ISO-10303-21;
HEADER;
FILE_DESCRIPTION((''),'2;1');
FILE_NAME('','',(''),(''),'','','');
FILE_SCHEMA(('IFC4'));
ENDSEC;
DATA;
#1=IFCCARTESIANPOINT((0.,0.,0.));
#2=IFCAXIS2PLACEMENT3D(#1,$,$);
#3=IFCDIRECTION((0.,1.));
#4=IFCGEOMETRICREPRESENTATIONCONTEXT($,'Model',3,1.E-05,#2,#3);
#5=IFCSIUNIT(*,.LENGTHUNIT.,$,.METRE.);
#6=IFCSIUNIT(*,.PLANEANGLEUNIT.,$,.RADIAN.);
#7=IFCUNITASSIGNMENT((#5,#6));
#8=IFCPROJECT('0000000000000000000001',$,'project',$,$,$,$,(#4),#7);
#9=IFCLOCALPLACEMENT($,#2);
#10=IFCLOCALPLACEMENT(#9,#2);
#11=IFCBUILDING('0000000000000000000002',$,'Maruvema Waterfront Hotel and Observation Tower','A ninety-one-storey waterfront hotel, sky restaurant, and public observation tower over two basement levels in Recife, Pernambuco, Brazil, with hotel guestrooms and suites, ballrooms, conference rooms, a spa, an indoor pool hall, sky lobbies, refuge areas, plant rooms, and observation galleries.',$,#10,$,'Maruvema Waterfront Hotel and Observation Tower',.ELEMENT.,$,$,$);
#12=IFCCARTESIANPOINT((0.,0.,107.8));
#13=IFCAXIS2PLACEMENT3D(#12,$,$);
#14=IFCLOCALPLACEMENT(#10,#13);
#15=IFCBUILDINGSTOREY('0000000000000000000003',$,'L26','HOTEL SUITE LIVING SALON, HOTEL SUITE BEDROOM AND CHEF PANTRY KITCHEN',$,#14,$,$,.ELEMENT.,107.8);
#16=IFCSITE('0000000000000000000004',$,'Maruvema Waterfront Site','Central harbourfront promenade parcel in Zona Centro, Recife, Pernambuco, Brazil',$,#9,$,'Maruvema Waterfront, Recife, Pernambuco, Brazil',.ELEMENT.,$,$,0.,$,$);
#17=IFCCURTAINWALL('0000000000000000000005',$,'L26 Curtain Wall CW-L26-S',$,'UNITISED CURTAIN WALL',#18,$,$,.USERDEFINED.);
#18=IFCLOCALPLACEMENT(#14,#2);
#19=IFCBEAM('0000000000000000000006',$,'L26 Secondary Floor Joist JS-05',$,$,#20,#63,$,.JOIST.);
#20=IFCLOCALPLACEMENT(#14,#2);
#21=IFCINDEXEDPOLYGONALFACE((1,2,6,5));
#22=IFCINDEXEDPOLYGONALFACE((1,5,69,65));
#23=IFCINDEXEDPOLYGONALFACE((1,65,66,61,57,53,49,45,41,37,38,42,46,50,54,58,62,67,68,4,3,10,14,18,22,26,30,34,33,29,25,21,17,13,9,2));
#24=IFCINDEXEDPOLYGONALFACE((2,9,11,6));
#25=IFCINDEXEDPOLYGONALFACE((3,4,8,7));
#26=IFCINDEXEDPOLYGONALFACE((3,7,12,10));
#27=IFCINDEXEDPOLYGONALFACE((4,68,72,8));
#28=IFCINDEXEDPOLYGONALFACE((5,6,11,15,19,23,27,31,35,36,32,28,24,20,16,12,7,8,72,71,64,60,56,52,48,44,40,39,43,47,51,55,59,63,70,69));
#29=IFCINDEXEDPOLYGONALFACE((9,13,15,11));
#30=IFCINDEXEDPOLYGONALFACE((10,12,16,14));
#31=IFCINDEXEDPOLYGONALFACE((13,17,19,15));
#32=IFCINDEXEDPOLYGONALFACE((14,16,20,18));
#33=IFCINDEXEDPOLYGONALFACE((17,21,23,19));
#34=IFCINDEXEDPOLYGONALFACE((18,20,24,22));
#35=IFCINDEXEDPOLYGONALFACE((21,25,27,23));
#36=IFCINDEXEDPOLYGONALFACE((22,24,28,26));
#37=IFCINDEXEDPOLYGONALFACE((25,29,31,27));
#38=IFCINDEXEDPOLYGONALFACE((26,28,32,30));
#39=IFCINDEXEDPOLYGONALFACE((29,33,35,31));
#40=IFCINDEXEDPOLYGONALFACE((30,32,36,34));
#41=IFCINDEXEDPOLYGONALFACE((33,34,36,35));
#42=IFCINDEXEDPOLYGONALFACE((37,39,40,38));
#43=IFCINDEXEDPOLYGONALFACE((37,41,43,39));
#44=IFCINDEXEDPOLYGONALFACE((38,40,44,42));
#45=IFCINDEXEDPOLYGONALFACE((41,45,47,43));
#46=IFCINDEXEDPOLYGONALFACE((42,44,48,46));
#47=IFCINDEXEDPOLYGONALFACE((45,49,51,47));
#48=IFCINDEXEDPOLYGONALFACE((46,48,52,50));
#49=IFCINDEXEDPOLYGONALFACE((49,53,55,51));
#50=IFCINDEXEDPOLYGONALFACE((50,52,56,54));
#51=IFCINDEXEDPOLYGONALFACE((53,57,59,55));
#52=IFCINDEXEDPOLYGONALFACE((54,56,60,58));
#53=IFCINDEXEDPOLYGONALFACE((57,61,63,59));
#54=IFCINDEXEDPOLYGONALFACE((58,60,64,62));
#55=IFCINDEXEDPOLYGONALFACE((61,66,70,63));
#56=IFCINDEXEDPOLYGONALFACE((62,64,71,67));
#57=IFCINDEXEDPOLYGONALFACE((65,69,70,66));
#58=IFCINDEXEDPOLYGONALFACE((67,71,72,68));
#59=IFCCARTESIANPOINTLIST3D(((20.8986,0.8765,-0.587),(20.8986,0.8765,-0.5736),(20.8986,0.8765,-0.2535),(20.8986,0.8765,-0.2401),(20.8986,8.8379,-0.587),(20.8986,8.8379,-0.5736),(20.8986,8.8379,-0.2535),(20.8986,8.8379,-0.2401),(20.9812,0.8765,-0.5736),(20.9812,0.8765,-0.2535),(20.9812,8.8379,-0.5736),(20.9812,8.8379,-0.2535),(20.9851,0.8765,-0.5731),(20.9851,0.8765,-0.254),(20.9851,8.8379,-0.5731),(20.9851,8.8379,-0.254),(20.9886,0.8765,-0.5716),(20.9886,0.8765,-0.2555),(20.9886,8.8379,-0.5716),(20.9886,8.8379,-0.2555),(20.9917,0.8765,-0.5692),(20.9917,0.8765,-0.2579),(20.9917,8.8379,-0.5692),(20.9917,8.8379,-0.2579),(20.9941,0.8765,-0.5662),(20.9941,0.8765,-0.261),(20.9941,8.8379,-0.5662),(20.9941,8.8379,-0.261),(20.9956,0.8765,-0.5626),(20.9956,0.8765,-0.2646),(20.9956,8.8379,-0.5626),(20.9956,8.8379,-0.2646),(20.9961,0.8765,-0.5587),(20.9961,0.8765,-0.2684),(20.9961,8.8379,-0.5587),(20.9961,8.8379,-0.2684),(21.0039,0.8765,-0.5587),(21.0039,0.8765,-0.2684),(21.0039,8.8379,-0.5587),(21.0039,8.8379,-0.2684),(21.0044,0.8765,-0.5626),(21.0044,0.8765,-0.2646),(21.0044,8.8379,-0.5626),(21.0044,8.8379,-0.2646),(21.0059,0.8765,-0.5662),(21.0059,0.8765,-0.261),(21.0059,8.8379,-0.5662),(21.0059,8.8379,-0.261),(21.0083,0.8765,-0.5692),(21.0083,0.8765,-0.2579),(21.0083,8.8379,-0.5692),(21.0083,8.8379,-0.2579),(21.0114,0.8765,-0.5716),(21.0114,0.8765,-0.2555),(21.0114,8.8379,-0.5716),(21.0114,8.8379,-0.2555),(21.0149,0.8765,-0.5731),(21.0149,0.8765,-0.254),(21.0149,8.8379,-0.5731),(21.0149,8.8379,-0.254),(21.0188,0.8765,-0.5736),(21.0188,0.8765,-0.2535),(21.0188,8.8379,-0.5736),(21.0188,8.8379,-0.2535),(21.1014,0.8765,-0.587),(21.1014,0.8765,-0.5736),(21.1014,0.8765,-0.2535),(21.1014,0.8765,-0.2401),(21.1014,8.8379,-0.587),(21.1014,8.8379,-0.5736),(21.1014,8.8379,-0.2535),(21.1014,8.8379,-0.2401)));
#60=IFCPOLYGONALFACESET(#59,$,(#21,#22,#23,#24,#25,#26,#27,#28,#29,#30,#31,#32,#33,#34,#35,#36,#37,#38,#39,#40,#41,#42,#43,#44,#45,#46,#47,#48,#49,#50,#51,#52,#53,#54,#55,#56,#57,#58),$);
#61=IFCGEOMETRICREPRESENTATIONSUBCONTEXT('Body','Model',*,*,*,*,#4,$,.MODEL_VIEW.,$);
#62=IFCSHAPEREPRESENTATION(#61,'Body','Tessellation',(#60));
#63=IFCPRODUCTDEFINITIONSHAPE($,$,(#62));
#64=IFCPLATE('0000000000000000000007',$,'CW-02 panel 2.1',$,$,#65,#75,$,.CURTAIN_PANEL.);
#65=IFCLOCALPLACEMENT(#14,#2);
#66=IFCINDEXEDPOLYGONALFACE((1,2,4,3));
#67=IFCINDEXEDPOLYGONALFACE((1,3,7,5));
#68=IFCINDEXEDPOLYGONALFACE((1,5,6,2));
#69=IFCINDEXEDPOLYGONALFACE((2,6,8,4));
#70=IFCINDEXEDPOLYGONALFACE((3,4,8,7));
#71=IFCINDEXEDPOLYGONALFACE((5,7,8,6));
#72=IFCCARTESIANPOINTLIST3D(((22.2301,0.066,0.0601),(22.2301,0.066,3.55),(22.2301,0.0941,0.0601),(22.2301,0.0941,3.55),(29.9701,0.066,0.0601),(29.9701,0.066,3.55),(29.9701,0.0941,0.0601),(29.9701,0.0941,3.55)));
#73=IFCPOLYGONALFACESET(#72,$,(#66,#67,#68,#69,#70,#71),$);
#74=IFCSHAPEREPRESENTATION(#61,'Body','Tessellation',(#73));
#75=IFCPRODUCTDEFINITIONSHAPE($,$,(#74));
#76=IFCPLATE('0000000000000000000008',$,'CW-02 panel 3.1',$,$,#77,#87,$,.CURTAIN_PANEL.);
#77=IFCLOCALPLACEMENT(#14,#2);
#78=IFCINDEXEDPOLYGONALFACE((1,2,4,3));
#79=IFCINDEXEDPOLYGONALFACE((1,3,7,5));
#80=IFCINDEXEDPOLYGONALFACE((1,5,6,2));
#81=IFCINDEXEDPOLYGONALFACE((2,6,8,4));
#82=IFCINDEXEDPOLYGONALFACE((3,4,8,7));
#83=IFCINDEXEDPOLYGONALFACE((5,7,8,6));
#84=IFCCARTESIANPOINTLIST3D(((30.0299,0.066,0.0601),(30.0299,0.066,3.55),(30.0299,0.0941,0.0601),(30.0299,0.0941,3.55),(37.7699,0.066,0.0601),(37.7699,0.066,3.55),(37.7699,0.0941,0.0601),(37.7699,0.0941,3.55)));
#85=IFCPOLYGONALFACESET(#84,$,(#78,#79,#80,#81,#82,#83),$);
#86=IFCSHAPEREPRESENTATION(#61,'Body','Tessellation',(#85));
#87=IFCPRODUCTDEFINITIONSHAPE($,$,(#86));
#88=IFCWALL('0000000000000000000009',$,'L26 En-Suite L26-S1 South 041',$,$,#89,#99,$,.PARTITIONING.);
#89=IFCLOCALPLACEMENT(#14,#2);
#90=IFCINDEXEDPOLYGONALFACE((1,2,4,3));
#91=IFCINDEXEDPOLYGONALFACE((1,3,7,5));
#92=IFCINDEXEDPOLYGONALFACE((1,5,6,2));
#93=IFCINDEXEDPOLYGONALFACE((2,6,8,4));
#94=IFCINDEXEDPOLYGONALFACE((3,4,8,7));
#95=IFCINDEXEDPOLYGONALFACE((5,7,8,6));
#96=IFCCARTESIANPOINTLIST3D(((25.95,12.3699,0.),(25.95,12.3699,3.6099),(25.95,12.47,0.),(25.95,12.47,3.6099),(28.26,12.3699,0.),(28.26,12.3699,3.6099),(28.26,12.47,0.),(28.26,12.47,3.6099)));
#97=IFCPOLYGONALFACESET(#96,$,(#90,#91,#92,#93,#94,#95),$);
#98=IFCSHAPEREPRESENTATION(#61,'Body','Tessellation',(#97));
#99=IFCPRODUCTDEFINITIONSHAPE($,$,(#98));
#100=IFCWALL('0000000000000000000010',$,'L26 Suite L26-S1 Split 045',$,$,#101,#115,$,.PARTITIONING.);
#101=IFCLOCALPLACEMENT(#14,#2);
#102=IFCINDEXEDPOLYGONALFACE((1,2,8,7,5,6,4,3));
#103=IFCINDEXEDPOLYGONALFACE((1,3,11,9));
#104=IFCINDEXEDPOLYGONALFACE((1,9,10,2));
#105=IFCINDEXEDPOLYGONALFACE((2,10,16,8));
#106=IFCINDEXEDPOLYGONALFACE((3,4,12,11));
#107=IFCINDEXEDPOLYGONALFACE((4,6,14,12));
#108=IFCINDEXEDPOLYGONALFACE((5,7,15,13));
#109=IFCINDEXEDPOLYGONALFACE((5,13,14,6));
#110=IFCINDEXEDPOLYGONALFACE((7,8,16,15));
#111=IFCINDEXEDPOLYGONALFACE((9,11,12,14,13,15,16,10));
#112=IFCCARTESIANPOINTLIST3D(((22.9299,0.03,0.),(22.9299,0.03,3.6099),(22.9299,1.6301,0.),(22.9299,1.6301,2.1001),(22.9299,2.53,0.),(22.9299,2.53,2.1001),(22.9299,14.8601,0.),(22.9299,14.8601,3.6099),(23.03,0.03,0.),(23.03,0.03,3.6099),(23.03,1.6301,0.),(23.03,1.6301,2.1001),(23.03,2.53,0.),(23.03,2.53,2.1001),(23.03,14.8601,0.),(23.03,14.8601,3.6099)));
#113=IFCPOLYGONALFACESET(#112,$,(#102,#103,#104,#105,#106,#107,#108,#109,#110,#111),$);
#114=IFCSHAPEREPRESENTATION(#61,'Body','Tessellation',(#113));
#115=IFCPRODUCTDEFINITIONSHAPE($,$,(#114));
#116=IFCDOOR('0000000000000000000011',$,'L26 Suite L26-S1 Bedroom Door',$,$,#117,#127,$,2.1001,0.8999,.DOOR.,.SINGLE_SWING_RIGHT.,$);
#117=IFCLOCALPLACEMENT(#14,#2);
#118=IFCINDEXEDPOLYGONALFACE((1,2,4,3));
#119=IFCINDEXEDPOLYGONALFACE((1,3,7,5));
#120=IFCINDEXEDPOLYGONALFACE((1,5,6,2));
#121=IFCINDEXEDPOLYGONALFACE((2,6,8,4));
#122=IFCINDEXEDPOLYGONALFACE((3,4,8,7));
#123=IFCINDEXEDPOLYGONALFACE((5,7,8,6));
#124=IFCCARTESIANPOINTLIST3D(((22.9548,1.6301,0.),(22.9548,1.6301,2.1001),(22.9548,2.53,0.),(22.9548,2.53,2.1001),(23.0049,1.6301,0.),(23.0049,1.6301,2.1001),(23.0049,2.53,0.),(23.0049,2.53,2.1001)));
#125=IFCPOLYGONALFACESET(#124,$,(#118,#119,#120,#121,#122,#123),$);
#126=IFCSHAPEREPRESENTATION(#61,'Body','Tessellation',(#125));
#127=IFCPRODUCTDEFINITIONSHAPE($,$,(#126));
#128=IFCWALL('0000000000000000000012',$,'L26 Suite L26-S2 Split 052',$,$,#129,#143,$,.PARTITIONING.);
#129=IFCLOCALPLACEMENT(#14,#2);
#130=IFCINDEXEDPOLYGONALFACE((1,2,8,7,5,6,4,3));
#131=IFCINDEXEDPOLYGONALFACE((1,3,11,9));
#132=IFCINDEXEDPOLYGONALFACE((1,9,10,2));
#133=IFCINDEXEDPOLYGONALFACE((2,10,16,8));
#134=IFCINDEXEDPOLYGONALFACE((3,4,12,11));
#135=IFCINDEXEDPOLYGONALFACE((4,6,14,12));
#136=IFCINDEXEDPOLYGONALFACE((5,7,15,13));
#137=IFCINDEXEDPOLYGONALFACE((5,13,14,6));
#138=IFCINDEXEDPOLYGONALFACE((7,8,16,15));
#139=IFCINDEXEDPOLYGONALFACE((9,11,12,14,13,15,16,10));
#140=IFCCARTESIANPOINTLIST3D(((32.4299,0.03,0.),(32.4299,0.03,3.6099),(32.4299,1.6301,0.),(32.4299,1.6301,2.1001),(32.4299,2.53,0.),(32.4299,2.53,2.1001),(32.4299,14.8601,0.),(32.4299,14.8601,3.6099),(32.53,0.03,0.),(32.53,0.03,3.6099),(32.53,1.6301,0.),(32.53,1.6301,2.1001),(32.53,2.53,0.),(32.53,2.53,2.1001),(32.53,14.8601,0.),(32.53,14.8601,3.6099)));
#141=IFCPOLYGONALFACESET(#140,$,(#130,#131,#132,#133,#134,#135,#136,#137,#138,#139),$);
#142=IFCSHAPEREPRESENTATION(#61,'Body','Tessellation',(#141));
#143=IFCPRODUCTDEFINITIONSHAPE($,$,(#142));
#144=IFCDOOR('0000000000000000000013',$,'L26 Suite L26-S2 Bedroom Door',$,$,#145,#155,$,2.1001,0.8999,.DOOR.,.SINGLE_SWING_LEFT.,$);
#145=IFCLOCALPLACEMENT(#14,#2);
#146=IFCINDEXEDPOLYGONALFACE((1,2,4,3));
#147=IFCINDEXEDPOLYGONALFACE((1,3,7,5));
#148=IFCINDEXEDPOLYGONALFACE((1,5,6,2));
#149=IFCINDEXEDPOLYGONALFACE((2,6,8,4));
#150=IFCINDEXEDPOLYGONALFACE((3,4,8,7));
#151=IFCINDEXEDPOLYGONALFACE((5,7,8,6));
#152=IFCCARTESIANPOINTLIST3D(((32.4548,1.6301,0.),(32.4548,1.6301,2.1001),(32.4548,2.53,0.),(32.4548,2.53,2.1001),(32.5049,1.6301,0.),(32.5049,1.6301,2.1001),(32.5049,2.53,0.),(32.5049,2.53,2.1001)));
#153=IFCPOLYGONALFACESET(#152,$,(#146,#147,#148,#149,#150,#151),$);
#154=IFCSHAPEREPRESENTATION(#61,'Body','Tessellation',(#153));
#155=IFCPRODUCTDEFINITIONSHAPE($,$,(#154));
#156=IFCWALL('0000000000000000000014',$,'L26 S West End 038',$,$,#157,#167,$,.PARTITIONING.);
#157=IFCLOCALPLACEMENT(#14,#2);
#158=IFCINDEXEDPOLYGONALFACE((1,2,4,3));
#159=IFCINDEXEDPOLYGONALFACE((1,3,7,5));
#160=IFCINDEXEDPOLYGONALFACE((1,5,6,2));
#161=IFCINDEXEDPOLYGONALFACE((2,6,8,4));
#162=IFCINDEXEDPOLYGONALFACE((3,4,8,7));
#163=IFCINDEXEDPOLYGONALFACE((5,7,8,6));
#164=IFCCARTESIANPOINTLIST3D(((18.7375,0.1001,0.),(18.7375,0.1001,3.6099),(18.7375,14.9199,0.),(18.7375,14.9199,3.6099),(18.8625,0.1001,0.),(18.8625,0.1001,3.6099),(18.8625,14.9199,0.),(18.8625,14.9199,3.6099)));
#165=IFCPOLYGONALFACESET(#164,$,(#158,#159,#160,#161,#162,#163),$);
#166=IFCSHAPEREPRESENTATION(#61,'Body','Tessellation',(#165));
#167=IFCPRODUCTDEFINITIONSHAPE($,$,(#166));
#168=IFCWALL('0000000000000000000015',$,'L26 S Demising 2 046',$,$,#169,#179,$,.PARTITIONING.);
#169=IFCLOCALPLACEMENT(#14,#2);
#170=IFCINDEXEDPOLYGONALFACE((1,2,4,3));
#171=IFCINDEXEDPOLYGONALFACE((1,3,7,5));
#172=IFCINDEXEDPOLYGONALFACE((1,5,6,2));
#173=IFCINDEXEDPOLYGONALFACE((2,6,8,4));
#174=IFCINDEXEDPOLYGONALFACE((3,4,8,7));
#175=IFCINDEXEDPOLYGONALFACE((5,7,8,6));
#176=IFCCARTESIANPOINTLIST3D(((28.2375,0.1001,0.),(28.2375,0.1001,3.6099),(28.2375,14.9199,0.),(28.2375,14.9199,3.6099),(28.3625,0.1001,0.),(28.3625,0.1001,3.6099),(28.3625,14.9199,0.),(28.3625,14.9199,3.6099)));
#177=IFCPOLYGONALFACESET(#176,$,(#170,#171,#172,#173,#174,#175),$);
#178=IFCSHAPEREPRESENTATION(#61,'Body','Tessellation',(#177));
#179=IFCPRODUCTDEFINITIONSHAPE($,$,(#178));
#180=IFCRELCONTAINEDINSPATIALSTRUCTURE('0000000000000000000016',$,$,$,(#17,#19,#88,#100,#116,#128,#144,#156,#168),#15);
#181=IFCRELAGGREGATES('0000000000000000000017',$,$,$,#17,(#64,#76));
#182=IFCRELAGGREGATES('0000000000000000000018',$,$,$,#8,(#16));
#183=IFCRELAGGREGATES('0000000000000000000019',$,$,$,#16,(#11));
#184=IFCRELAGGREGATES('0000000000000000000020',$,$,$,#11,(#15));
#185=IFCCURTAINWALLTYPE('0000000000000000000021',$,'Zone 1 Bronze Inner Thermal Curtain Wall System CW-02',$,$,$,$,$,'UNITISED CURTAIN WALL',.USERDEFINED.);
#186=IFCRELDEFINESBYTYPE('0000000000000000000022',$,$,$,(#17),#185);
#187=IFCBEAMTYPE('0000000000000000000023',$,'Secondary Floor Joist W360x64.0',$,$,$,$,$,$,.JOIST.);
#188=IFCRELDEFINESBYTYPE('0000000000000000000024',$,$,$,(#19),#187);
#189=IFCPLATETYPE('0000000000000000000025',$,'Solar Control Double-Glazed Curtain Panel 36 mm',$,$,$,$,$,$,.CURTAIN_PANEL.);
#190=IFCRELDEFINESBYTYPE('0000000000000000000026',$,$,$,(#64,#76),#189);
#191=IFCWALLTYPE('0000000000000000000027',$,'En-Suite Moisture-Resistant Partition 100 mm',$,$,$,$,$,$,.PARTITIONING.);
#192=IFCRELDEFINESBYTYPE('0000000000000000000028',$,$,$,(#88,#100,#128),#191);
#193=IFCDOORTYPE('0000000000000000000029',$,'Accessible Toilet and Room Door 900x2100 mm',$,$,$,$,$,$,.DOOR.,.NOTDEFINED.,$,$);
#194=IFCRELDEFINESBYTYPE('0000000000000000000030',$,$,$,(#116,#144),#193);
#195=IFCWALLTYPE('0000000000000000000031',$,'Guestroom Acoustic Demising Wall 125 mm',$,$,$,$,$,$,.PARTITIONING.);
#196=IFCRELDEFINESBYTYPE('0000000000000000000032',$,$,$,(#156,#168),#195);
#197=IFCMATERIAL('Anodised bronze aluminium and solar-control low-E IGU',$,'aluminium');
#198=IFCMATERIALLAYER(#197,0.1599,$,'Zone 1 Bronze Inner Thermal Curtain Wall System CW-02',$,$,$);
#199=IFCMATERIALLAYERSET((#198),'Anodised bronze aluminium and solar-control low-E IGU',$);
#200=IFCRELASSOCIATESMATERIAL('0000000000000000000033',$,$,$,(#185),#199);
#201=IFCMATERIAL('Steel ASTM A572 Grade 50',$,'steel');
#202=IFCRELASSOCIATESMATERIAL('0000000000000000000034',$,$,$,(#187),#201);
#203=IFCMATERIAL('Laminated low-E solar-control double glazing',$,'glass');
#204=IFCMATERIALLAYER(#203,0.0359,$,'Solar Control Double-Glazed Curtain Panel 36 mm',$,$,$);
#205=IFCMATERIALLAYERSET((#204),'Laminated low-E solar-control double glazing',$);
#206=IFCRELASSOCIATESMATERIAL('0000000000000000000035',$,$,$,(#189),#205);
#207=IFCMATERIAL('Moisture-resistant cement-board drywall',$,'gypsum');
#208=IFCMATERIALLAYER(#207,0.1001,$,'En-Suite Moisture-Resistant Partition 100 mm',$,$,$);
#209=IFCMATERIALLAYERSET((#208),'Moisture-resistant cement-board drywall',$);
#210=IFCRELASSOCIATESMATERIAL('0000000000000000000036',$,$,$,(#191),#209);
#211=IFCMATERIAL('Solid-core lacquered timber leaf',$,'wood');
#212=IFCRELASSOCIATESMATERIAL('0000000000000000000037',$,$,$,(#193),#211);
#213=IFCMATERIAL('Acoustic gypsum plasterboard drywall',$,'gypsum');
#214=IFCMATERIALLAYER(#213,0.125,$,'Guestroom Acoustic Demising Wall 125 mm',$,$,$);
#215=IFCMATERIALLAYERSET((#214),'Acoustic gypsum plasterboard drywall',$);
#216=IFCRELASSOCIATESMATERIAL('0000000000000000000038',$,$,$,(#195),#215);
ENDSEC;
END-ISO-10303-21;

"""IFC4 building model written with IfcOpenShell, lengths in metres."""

from ifc_helpers import new_model, si_unit, direction, frame, frame_2d, origin, origin_2d, place, context, subcontext, project, spatial, rectangle, i_section, extrude, material, layer, layer_set, material_profile, profile_set, type_object, element, fill, aggregate, save


model = new_model("IFC4")

# Units and contexts
model_context = context("Model", 3, precision=1e-05, world=origin(), true_north=direction((0.0, 1.0)))
body_context = subcontext(model_context, "Body", "Model", "MODEL_VIEW")
ifc_project = project(units=[si_unit("LENGTHUNIT", "METRE"), si_unit("PLANEANGLEUNIT", "RADIAN")], contexts=[model_context])

# Site, building, storey
site_placement = place(None, origin())
site = spatial("IfcSite", under=ifc_project, at=site_placement, Name="Maruvema Waterfront Site", Description="Central harbourfront promenade parcel in Zona Centro, Recife, Pernambuco, Brazil", LongName="Maruvema Waterfront, Recife, Pernambuco, Brazil", CompositionType="ELEMENT", RefElevation=0.0)
building_placement = place(site_placement, origin())
building = spatial("IfcBuilding", under=site, at=building_placement, Name="Maruvema Waterfront Hotel and Observation Tower", Description="A ninety-one-storey waterfront hotel, sky restaurant, and public observation tower over two basement levels in Recife, Pernambuco, Brazil, with hotel guestrooms and suites, ballrooms, conference rooms, a spa, an indoor pool hall, sky lobbies, refuge areas, plant rooms, and observation galleries.", LongName="Maruvema Waterfront Hotel and Observation Tower", CompositionType="ELEMENT")
storey_placement = place(building_placement, frame((0.0, 0.0, 107.8)))
storey = spatial("IfcBuildingStorey", under=building, at=storey_placement, Name="L26", Description="HOTEL SUITE LIVING SALON, HOTEL SUITE BEDROOM AND CHEF PANTRY KITCHEN", CompositionType="ELEMENT", Elevation=107.8)

# Curtain wall
ifc_material_1 = material(Name="Anodised bronze aluminium and solar-control low-E IGU", Category="aluminium")
ifc_layer_1 = layer(ifc_material_1, 0.1599, Name="Zone 1 Bronze Inner Thermal Curtain Wall System CW-02")
ifc_layer_set_1 = layer_set([ifc_layer_1], Name="Anodised bronze aluminium and solar-control low-E IGU")
curtain_wall_type = type_object("IfcCurtainWallType", Name="Zone 1 Bronze Inner Thermal Curtain Wall System CW-02", ElementType="UNITISED CURTAIN WALL", PredefinedType="USERDEFINED", material=ifc_layer_set_1)
curtain_wall_placement = place(storey_placement, origin())
curtain_wall = element("IfcCurtainWall", 1, at=curtain_wall_placement, inside=storey, type_object=curtain_wall_type, Name="L26 Curtain Wall CW-L26-S", ObjectType="UNITISED CURTAIN WALL", PredefinedType="USERDEFINED")

# Beam
ifc_material_2 = material(Name="Steel ASTM A572 Grade 50", Category="steel")
ifc_material_profile_1 = material_profile(ifc_material_2, i_section(OverallWidth=0.2029, OverallDepth=0.3469, WebThickness=0.0078, FlangeThickness=0.0134, FilletRadius=0.0149, at=origin_2d()), Name="W360x64.0")
ifc_profile_set_1 = profile_set([ifc_material_profile_1], Name="Steel ASTM A572 Grade 50")
beam_type_1 = type_object("IfcBeamType", Name="Secondary Floor Joist W360x64.0", PredefinedType="JOIST", material=ifc_profile_set_1)
beam_1_placement = place(storey_placement, frame((21.0, 0.8765, -0.4136), z_axis=(0.0, 1.0, 0.0), x_axis=(-1.0, 0.0, 0.0)))
element("IfcBeam", 2, at=beam_1_placement, inside=storey, type_object=beam_type_1, Name="L26 Secondary Floor Joist JS-05", PredefinedType="JOIST", context=body_context, shape_type="SweptSolid", body=[
    extrude(i_section(OverallWidth=0.2029, OverallDepth=0.3469, WebThickness=0.0078, FlangeThickness=0.0134, FilletRadius=0.0149, at=origin_2d()), origin(), (0.0, 0.0, 1.0), 7.9614),
])

# Plates
ifc_material_3 = material(Name="Laminated low-E solar-control double glazing", Category="glass")
ifc_layer_2 = layer(ifc_material_3, 0.0359, Name="Solar Control Double-Glazed Curtain Panel 36 mm")
ifc_layer_set_2 = layer_set([ifc_layer_2], Name="Laminated low-E solar-control double glazing")
plate_type = type_object("IfcPlateType", Name="Solar Control Double-Glazed Curtain Panel 36 mm", PredefinedType="CURTAIN_PANEL", material=ifc_layer_set_2)
plate_1_placement = place(storey_placement, frame((26.1001, 0.0801, 0.0601), z_axis=(0.0, 0.0, 1.0), x_axis=(1.0, 0.0, 0.0)))
plate_1 = element("IfcPlate", 3, at=plate_1_placement, type_object=plate_type, Name="CW-02 panel 2.1", PredefinedType="CURTAIN_PANEL", context=body_context, shape_type="SweptSolid", body=[
    extrude(rectangle(XDim=7.74, YDim=0.0281, at=origin_2d()), origin(), (0.0, 0.0, 1.0), 3.49),
])
plate_2_placement = place(storey_placement, frame((33.8999, 0.0801, 0.0601), z_axis=(0.0, 0.0, 1.0), x_axis=(1.0, 0.0, 0.0)))
plate_2 = element("IfcPlate", 4, at=plate_2_placement, type_object=plate_type, Name="CW-02 panel 3.1", PredefinedType="CURTAIN_PANEL", context=body_context, shape_type="SweptSolid", body=[
    extrude(rectangle(XDim=7.74, YDim=0.0281, at=origin_2d()), origin(), (0.0, 0.0, 1.0), 3.49),
])
aggregate(curtain_wall, [plate_1, plate_2])

# Wall
ifc_material_4 = material(Name="Moisture-resistant cement-board drywall", Category="gypsum")
ifc_layer_3 = layer(ifc_material_4, 0.1001, Name="En-Suite Moisture-Resistant Partition 100 mm")
ifc_layer_set_3 = layer_set([ifc_layer_3], Name="Moisture-resistant cement-board drywall")
wall_type_1 = type_object("IfcWallType", Name="En-Suite Moisture-Resistant Partition 100 mm", PredefinedType="PARTITIONING", material=ifc_layer_set_3)
wall_1_placement = place(storey_placement, frame((25.95, 12.4199, 0.0), z_axis=(0.0, 0.0, 1.0), x_axis=(1.0, 0.0, 0.0)))
element("IfcWall", 5, at=wall_1_placement, inside=storey, type_object=wall_type_1, Name="L26 En-Suite L26-S1 South 041", PredefinedType="PARTITIONING", context=body_context, shape_type="SweptSolid", body=[
    extrude(rectangle(XDim=2.3101, YDim=0.1001, at=frame_2d((1.155, 0.0))), origin(), (0.0, 0.0, 1.0), 3.6099),
])

# Walls, openings, doors
wall_2_placement = place(storey_placement, frame((22.98, 0.03, 0.0), z_axis=(0.0, 0.0, 1.0), x_axis=(0.0, 1.0, 0.0)))
wall_2 = element("IfcWall", 6, at=wall_2_placement, inside=storey, type_object=wall_type_1, Name="L26 Suite L26-S1 Split 045", PredefinedType="PARTITIONING", context=body_context, shape_type="SweptSolid", body=[
    extrude(rectangle(XDim=14.8301, YDim=0.1001, at=frame_2d((7.415, 0.0))), origin(), (0.0, 0.0, 1.0), 3.6099),
])
opening_1_placement = place(wall_2_placement, frame((1.6001, 0.0, 0.0)))
opening_1 = element("IfcOpeningElement", 7, at=opening_1_placement, cuts=wall_2, PredefinedType="OPENING", context=body_context, shape_type="SweptSolid", body=[
    extrude(rectangle(XDim=0.8999, YDim=2.1001, at=frame_2d((0.45, 1.05))), frame((0.0, 0.0601, 0.0), z_axis=(0.0, -1.0, 0.0), x_axis=(1.0, 0.0, 0.0)), (0.0, 0.0, 1.0), 0.1201),
])
ifc_material_5 = material(Name="Solid-core lacquered timber leaf", Category="wood")
door_type = type_object("IfcDoorType", Name="Accessible Toilet and Room Door 900x2100 mm", OperationType="NOTDEFINED", PredefinedType="DOOR", material=ifc_material_5)
door_1_placement = place(opening_1_placement, frame((0.8999, 0.0, 0.0), z_axis=(0.0, 0.0, 1.0), x_axis=(-1.0, 0.0, 0.0)))
door_1 = element("IfcDoor", 8, at=door_1_placement, inside=storey, type_object=door_type, Name="L26 Suite L26-S1 Bedroom Door", OperationType="SINGLE_SWING_RIGHT", OverallHeight=2.1001, OverallWidth=0.8999, PredefinedType="DOOR", context=body_context, shape_type="SweptSolid", body=[
    extrude(rectangle(XDim=0.8999, YDim=2.1001, at=frame_2d((0.45, 1.05))), frame((0.0, 0.0249, 0.0), z_axis=(0.0, -1.0, 0.0), x_axis=(1.0, 0.0, 0.0)), (0.0, 0.0, 1.0), 0.05),
])
fill(opening_1, door_1)
wall_3_placement = place(storey_placement, frame((32.48, 0.03, 0.0), z_axis=(0.0, 0.0, 1.0), x_axis=(0.0, 1.0, 0.0)))
wall_3 = element("IfcWall", 9, at=wall_3_placement, inside=storey, type_object=wall_type_1, Name="L26 Suite L26-S2 Split 052", PredefinedType="PARTITIONING", context=body_context, shape_type="SweptSolid", body=[
    extrude(rectangle(XDim=14.8301, YDim=0.1001, at=frame_2d((7.415, 0.0))), origin(), (0.0, 0.0, 1.0), 3.6099),
])
opening_2_placement = place(wall_3_placement, frame((1.6001, 0.0, 0.0)))
opening_2 = element("IfcOpeningElement", 10, at=opening_2_placement, cuts=wall_3, PredefinedType="OPENING", context=body_context, shape_type="SweptSolid", body=[
    extrude(rectangle(XDim=0.8999, YDim=2.1001, at=frame_2d((0.45, 1.05))), frame((0.0, 0.0601, 0.0), z_axis=(0.0, -1.0, 0.0), x_axis=(1.0, 0.0, 0.0)), (0.0, 0.0, 1.0), 0.1201),
])
door_2_placement = place(opening_2_placement, frame((0.8999, 0.0, 0.0), z_axis=(0.0, 0.0, 1.0), x_axis=(-1.0, 0.0, 0.0)))
door_2 = element("IfcDoor", 11, at=door_2_placement, inside=storey, type_object=door_type, Name="L26 Suite L26-S2 Bedroom Door", OperationType="SINGLE_SWING_LEFT", OverallHeight=2.1001, OverallWidth=0.8999, PredefinedType="DOOR", context=body_context, shape_type="SweptSolid", body=[
    extrude(rectangle(XDim=0.8999, YDim=2.1001, at=frame_2d((0.45, 1.05))), frame((0.0, 0.0249, 0.0), z_axis=(0.0, -1.0, 0.0), x_axis=(1.0, 0.0, 0.0)), (0.0, 0.0, 1.0), 0.05),
])
fill(opening_2, door_2)

# Walls
ifc_material_6 = material(Name="Acoustic gypsum plasterboard drywall", Category="gypsum")
ifc_layer_4 = layer(ifc_material_6, 0.125, Name="Guestroom Acoustic Demising Wall 125 mm")
ifc_layer_set_4 = layer_set([ifc_layer_4], Name="Acoustic gypsum plasterboard drywall")
wall_type_2 = type_object("IfcWallType", Name="Guestroom Acoustic Demising Wall 125 mm", PredefinedType="PARTITIONING", material=ifc_layer_set_4)
for number, where, z_axis, x_axis, name in (
    (12, (18.8, 0.1001, 0.0), (0.0, 0.0, 1.0), (0.0, 1.0, 0.0), "L26 S West End 038"),
    (13, (28.3, 0.1001, 0.0), (0.0, 0.0, 1.0), (0.0, 1.0, 0.0), "L26 S Demising 2 046"),
):
    element("IfcWall", number, at=place(storey_placement, frame(where, z_axis=z_axis, x_axis=x_axis)), inside=storey, type_object=wall_type_2, Name=name, PredefinedType="PARTITIONING", context=body_context, shape_type="SweptSolid", body=[
        extrude(rectangle(XDim=14.8198, YDim=0.125, at=frame_2d((7.4099, 0.0))), origin(), (0.0, 0.0, 1.0), 3.6099),
    ])

save(model, "model.ifc")
